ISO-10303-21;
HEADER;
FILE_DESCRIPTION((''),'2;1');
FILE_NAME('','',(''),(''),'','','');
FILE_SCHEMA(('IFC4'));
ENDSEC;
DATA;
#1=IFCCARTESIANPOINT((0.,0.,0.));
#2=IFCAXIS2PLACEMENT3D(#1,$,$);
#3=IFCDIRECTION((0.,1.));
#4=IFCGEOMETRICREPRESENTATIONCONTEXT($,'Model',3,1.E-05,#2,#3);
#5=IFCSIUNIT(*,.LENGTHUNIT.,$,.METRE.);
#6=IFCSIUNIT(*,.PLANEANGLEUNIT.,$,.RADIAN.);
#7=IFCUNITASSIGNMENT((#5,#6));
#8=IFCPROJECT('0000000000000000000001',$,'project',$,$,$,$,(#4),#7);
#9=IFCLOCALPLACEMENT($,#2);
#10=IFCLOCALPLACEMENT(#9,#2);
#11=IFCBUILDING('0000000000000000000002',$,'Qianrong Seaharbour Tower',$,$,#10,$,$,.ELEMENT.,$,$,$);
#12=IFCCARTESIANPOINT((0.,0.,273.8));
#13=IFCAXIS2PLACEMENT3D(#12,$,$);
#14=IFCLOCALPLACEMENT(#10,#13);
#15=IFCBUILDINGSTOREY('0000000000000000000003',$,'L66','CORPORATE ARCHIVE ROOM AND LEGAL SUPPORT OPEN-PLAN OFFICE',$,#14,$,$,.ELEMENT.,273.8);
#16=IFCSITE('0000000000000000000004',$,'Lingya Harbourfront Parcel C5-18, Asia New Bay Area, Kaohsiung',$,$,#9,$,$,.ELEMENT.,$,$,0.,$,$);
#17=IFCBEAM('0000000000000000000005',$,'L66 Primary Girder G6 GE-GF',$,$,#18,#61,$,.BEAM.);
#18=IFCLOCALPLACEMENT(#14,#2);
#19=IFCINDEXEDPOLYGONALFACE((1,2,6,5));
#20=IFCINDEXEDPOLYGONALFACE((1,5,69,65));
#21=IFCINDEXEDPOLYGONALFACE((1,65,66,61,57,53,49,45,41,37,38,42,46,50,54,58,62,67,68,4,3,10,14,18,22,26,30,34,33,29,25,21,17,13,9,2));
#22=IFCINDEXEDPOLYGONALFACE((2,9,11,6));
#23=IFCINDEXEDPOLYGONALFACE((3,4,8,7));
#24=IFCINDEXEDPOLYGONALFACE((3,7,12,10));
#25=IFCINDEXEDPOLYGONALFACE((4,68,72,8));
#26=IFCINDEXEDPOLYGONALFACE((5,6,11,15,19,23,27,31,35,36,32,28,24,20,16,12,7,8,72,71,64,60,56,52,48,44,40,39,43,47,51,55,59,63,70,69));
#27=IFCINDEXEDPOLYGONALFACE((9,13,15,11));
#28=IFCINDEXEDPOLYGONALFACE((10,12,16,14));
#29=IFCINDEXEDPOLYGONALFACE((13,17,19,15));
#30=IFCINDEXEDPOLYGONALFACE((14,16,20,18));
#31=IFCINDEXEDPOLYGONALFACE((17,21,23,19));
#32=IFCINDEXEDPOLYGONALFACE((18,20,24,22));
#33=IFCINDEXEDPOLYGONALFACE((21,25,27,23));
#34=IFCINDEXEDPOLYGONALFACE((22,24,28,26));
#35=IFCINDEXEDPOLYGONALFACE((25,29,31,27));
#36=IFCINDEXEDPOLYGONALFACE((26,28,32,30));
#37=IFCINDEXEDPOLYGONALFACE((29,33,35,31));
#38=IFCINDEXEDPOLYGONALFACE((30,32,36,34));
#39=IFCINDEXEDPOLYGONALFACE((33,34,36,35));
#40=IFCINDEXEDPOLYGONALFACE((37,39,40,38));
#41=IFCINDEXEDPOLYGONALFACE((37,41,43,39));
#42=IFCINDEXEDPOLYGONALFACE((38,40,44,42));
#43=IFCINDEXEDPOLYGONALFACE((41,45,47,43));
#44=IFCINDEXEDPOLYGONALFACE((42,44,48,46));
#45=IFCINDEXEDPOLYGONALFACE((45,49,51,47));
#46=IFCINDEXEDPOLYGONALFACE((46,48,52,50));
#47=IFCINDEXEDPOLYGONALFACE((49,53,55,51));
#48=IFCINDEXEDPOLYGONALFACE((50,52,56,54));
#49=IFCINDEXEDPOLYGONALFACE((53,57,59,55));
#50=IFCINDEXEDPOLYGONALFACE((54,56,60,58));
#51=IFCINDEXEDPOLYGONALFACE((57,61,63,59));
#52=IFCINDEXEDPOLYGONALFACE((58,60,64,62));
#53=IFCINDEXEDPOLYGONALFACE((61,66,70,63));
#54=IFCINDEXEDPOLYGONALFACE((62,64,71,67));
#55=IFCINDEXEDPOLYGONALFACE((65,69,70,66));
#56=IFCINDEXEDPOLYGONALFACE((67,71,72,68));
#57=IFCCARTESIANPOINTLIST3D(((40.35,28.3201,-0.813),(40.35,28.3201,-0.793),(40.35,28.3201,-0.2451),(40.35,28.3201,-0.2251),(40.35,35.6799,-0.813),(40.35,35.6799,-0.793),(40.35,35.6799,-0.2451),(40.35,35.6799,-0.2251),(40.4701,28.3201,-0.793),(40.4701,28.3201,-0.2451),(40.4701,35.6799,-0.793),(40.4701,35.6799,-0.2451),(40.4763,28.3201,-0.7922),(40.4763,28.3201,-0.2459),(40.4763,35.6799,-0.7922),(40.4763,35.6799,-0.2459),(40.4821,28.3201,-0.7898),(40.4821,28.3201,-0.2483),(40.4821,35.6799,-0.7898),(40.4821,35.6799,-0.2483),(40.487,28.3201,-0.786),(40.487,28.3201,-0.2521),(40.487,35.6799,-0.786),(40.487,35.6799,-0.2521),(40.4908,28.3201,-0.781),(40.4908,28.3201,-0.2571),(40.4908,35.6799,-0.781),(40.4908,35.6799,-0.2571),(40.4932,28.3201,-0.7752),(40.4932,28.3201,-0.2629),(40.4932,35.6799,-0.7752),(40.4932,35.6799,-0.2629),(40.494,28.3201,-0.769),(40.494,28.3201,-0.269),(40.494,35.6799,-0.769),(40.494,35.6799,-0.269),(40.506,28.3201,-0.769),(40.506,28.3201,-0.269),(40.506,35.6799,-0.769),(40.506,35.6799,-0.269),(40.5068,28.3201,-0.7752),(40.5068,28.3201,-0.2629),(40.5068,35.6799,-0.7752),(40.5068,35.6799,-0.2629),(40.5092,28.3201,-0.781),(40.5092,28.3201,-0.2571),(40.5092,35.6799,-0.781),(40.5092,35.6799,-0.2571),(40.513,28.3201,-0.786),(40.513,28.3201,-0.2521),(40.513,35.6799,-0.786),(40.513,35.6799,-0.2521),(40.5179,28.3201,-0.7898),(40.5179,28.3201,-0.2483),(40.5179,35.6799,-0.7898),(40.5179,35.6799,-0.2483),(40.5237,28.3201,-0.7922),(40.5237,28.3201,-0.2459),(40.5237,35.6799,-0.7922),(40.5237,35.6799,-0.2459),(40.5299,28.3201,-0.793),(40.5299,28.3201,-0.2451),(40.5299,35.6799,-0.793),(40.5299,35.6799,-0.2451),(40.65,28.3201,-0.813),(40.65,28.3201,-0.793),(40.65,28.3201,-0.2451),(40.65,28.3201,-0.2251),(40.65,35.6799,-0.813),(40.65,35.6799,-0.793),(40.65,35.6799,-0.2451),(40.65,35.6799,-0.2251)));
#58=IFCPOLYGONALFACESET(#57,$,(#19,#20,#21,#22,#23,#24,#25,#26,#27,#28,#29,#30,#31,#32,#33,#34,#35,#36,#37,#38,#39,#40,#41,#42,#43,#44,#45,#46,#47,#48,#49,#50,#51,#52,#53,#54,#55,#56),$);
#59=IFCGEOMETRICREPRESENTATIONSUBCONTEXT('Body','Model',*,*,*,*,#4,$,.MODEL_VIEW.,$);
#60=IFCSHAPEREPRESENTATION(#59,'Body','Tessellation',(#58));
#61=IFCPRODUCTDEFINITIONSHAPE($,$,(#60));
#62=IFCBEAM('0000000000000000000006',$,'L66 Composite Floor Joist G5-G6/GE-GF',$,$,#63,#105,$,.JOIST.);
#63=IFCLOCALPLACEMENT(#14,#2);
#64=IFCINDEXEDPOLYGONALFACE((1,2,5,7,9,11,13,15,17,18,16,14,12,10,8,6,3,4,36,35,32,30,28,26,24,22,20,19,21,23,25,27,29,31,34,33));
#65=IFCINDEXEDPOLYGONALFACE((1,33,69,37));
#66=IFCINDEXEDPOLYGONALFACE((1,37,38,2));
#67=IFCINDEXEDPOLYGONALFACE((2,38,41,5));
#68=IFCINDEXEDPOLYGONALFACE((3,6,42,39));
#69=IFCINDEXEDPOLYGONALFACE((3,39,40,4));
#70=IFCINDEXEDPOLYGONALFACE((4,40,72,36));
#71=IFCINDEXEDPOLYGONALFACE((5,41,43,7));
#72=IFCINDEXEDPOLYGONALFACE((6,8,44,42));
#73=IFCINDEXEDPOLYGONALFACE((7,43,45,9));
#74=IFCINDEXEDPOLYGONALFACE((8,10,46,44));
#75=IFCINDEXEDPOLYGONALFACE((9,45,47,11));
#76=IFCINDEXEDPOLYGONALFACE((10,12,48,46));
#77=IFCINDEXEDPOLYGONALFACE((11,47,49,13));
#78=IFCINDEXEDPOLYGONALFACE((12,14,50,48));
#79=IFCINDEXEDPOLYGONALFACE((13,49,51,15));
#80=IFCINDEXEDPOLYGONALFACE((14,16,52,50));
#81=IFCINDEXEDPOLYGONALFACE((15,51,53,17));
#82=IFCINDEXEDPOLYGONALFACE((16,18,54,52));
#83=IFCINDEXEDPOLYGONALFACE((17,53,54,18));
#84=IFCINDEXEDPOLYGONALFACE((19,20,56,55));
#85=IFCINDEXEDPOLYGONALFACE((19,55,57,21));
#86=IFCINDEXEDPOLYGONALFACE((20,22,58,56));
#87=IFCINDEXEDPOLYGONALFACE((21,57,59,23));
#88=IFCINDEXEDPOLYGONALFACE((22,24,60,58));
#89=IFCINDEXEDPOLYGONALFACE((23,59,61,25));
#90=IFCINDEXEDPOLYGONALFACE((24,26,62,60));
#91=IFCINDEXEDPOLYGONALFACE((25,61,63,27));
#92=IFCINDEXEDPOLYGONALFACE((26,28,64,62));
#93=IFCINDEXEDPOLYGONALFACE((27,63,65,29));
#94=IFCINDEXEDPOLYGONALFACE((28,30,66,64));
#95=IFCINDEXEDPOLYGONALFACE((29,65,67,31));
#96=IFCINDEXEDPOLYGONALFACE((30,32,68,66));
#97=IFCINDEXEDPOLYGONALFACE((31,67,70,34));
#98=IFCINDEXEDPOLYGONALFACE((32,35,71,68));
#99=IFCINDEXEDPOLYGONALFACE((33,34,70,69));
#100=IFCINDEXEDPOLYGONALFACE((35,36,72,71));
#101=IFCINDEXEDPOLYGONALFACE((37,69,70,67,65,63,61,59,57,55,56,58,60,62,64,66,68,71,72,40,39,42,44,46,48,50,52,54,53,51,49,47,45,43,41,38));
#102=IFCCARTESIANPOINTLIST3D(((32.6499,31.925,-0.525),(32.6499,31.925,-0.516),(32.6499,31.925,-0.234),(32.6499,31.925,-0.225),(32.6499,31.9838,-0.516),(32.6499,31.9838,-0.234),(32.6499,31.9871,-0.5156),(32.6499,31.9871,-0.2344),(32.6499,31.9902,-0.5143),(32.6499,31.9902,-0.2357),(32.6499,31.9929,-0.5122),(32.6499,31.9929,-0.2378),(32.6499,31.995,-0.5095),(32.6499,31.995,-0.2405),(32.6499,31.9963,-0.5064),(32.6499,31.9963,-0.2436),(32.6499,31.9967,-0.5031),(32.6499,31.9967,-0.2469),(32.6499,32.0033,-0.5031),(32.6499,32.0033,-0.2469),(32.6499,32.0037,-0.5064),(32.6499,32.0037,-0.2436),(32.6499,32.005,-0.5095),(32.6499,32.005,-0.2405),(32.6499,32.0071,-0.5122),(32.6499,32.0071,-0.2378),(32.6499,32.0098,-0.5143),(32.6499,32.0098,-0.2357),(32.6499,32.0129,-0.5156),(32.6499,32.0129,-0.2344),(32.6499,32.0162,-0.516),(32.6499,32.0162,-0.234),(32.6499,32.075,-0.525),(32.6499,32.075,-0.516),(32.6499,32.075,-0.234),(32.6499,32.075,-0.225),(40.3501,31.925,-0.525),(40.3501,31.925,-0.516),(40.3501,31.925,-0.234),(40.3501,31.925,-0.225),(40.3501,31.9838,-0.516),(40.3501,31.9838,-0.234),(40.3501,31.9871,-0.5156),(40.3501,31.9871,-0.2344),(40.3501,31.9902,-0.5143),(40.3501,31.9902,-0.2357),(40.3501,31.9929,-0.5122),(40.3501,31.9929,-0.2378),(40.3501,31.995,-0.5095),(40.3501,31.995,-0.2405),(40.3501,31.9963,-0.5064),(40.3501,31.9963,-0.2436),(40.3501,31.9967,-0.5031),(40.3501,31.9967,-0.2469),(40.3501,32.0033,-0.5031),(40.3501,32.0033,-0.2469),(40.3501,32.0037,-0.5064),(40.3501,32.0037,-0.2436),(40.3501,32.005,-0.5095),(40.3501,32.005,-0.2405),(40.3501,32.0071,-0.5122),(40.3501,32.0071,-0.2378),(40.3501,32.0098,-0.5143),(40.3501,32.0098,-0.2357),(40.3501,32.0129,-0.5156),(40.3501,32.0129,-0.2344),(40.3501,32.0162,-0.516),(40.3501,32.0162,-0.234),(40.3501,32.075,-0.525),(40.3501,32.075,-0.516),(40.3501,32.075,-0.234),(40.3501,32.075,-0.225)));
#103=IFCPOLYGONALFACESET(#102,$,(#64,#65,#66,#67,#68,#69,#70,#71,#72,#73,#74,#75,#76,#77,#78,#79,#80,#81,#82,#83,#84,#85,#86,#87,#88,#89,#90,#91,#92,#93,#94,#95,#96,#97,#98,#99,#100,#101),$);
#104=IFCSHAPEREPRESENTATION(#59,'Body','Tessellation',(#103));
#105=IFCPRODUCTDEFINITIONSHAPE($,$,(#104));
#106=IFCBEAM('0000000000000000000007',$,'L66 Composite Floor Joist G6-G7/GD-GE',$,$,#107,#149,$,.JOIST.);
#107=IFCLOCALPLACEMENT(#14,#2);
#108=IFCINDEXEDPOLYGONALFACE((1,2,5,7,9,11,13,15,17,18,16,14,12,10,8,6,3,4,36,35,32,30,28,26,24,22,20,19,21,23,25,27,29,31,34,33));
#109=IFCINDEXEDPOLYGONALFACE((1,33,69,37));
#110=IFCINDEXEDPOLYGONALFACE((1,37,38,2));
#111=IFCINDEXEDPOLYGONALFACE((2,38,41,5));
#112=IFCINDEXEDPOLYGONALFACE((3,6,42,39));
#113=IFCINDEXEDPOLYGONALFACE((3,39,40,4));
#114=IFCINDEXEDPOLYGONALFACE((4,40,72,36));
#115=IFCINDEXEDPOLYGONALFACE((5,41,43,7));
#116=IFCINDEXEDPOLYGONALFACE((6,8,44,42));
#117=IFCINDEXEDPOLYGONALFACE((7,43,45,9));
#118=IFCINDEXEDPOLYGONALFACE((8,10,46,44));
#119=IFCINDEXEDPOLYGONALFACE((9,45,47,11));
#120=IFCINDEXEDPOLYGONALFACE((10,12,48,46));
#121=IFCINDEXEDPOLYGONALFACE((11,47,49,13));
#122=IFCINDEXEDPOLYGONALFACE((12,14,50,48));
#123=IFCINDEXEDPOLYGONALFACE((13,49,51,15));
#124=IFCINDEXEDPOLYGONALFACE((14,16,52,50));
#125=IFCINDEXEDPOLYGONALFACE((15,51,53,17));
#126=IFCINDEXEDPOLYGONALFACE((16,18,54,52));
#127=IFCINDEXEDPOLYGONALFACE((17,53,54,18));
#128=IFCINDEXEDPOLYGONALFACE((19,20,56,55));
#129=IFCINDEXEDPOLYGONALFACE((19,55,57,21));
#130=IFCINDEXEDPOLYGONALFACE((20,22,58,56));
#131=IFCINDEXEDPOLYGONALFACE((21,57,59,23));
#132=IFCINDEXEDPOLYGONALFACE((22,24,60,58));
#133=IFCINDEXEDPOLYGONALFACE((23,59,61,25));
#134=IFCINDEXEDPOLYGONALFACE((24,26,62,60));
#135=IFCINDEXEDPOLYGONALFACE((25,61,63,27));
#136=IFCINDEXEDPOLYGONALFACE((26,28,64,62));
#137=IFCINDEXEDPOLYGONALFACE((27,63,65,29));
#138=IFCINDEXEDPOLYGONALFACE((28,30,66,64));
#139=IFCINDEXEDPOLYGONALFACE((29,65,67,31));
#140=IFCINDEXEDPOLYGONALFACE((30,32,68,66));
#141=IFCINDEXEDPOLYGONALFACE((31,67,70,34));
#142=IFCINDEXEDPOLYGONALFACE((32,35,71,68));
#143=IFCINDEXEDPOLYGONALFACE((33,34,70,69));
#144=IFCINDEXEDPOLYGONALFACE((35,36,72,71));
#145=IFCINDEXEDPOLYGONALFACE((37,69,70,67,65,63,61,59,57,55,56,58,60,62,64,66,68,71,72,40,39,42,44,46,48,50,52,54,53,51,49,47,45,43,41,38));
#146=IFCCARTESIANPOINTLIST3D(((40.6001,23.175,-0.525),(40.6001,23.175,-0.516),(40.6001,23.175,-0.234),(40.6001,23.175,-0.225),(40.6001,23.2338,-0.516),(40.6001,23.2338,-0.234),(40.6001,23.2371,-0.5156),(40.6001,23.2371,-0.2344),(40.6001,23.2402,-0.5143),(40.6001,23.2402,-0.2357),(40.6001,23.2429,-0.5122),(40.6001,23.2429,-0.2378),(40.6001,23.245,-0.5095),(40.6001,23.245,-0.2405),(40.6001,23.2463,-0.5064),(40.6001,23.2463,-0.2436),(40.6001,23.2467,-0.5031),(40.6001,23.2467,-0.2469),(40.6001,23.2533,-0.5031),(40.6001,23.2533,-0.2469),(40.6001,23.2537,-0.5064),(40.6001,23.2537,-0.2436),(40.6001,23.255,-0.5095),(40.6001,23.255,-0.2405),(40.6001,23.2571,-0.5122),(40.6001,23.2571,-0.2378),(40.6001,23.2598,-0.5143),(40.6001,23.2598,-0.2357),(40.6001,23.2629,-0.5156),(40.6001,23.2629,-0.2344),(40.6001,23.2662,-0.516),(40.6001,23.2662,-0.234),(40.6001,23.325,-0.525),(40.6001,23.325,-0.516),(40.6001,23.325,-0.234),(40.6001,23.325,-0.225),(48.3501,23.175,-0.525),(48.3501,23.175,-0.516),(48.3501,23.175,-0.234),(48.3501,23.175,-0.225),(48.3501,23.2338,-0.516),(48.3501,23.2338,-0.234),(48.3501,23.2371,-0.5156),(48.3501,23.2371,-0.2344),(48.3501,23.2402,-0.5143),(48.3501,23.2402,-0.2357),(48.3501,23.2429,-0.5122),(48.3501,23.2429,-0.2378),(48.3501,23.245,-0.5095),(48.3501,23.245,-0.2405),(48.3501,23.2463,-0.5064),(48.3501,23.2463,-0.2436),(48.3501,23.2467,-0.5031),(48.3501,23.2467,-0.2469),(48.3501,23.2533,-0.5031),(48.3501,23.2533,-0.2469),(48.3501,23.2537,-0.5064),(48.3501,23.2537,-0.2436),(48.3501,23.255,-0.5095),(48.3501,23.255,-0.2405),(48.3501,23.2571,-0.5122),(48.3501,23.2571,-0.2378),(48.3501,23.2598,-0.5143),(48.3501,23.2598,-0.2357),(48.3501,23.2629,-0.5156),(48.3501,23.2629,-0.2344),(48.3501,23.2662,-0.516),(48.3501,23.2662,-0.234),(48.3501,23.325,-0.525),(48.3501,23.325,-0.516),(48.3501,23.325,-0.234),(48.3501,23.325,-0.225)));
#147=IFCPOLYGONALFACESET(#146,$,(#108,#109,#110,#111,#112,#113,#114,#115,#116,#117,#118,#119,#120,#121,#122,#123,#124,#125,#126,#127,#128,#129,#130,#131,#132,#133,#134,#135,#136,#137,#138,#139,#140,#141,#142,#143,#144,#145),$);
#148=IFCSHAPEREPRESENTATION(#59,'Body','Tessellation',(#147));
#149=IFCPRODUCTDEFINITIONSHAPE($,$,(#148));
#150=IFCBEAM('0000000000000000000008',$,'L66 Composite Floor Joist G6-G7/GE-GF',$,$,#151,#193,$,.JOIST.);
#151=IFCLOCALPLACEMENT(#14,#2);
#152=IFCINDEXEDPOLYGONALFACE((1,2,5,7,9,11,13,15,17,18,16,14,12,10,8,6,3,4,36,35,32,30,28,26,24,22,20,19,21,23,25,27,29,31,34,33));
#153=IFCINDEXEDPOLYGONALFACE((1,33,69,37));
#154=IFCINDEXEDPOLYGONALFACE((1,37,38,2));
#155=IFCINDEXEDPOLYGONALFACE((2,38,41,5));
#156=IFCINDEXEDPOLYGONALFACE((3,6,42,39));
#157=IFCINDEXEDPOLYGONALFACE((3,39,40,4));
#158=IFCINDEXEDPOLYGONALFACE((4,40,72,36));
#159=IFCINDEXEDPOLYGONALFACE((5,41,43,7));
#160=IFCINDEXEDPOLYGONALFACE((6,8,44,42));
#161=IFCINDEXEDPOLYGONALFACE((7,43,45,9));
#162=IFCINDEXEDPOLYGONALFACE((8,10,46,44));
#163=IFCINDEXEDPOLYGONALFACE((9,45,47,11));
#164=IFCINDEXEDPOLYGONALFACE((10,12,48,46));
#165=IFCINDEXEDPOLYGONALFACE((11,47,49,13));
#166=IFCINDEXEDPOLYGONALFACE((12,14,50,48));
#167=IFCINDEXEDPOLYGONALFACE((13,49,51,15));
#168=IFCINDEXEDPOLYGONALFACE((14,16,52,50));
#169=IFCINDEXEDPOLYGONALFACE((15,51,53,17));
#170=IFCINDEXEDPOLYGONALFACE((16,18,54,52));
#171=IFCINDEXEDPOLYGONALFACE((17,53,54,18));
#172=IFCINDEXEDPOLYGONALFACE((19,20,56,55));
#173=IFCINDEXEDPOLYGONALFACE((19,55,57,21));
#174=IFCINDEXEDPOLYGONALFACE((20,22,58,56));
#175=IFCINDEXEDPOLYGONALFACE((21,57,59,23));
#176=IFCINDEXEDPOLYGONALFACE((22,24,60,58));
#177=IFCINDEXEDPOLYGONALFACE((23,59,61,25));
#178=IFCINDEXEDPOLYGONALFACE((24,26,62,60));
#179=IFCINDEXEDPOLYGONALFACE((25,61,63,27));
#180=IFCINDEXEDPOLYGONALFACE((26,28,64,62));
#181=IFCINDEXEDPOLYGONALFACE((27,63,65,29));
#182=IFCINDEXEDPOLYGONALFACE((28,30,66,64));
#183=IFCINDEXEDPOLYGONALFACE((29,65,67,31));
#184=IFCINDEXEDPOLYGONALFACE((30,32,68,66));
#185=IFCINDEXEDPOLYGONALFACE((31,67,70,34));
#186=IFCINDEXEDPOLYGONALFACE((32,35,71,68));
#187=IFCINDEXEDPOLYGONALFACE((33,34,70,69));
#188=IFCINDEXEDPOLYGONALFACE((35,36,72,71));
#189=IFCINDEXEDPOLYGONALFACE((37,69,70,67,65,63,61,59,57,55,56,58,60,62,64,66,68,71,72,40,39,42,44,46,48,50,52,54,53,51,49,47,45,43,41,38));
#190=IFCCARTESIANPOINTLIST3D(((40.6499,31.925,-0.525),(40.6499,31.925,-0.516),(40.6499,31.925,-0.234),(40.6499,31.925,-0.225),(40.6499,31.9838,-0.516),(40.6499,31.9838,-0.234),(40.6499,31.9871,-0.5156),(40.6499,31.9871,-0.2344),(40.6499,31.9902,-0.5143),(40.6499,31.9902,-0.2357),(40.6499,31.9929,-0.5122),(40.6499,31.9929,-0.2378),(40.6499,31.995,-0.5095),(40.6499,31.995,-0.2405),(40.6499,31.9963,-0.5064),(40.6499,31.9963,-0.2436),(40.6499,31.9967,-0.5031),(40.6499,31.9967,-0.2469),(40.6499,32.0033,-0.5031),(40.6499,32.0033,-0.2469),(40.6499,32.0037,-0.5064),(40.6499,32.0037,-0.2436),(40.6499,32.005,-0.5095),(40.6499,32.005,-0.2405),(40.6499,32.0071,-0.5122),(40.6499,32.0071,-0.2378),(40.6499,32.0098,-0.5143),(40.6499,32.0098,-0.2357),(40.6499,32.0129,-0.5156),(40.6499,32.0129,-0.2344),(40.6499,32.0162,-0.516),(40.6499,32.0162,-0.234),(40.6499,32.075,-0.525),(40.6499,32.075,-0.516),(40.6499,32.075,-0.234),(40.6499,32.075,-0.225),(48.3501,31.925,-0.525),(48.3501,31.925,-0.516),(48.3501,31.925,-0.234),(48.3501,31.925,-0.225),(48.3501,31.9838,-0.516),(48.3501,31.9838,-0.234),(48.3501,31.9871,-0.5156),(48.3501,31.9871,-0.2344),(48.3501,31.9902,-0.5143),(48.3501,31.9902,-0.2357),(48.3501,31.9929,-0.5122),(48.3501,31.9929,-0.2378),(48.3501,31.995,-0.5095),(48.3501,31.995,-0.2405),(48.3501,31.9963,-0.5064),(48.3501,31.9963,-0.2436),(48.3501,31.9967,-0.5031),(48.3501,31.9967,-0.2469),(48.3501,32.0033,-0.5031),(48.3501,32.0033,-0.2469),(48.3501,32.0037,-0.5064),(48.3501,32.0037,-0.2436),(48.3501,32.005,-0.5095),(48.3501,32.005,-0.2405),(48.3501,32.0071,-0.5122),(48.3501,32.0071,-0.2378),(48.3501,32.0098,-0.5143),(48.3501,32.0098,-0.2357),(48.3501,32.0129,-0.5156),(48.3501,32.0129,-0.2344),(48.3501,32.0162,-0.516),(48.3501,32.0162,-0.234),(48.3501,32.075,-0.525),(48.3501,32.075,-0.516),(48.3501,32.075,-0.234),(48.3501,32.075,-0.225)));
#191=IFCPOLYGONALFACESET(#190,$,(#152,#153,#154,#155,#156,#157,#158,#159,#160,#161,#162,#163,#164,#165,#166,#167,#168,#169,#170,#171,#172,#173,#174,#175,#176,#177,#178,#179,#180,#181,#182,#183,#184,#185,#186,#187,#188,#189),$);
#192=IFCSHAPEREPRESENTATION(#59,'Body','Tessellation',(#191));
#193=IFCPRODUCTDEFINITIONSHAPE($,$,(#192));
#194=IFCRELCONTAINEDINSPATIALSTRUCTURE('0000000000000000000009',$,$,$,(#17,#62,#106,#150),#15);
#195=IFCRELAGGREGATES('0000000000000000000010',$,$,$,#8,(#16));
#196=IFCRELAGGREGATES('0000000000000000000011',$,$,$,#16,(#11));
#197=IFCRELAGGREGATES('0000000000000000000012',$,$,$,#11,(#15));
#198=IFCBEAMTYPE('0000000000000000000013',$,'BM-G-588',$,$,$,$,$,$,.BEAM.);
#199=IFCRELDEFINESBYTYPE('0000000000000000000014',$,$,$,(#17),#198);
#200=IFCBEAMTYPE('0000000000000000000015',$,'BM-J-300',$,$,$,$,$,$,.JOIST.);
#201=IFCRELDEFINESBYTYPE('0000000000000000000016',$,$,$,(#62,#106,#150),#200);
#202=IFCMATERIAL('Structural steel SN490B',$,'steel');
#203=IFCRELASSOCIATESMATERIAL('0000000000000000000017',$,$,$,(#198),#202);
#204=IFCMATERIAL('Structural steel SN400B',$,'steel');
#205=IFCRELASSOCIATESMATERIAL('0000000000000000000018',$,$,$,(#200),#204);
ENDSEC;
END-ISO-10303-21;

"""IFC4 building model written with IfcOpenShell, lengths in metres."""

from ifc_helpers import new_model, si_unit, direction, frame, origin, origin_2d, place, context, subcontext, project, spatial, i_section, extrude, material, material_profile, profile_set, type_object, element, save


model = new_model("IFC4")

# Units and contexts
model_context = context("Model", 3, precision=1e-05, world=origin(), true_north=direction((0.0, 1.0)))
body_context = subcontext(model_context, "Body", "Model", "MODEL_VIEW")
ifc_project = project(units=[si_unit("LENGTHUNIT", "METRE"), si_unit("PLANEANGLEUNIT", "RADIAN")], contexts=[model_context])

# Site, building, storey
site_placement = place(None, origin())
site = spatial("IfcSite", under=ifc_project, at=site_placement, Name="Lingya Harbourfront Parcel C5-18, Asia New Bay Area, Kaohsiung", CompositionType="ELEMENT", RefElevation=0.0)
building_placement = place(site_placement, origin())
building = spatial("IfcBuilding", under=site, at=building_placement, Name="Qianrong Seaharbour Tower", CompositionType="ELEMENT")
storey_placement = place(building_placement, frame((0.0, 0.0, 273.8)))
storey = spatial("IfcBuildingStorey", under=building, at=storey_placement, Name="L66", Description="CORPORATE ARCHIVE ROOM AND LEGAL SUPPORT OPEN-PLAN OFFICE", CompositionType="ELEMENT", Elevation=273.8)

# Shared definitions
ifc_material_1 = material(Name="Structural steel SN490B", Category="steel")

# Beams
ifc_material_profile_1 = material_profile(ifc_material_1, i_section(OverallWidth=0.3, OverallDepth=0.5879, WebThickness=0.012, FlangeThickness=0.02, FilletRadius=0.0239, at=origin_2d()), Name="H588x300x12x20")
ifc_profile_set_1 = profile_set([ifc_material_profile_1], Name="Structural steel SN490B")
beam_type_1 = type_object("IfcBeamType", Name="BM-G-588", PredefinedType="BEAM", material=ifc_profile_set_1)
for number, where, z_axis, x_axis, name in (
    (1, (40.5, 28.3201, -0.519), (0.0, 1.0, 0.0), (-1.0, 0.0, 0.0), "L66 Primary Girder G6 GE-GF"),
):
    element("IfcBeam", number, at=place(storey_placement, frame(where, z_axis=z_axis, x_axis=x_axis)), inside=storey, type_object=beam_type_1, Name=name, PredefinedType="BEAM", context=body_context, shape_type="SweptSolid", body=[
        extrude(i_section(OverallWidth=0.3, OverallDepth=0.5879, WebThickness=0.012, FlangeThickness=0.02, FilletRadius=0.0239, at=origin_2d()), origin(), (0.0, 0.0, 1.0), 7.3599),
    ])
ifc_material_2 = material(Name="Structural steel SN400B", Category="steel")
ifc_material_profile_2 = material_profile(ifc_material_2, i_section(OverallWidth=0.1499, OverallDepth=0.3, WebThickness=0.0066, FlangeThickness=0.009, FilletRadius=0.0129, at=origin_2d()), Name="H300x150x6.5x9")
ifc_profile_set_2 = profile_set([ifc_material_profile_2], Name="Structural steel SN400B")
beam_type_2 = type_object("IfcBeamType", Name="BM-J-300", PredefinedType="JOIST", material=ifc_profile_set_2)
beam_1_placement = place(storey_placement, frame((32.6499, 32.0, -0.375), z_axis=(1.0, 0.0, 0.0), x_axis=(0.0, 1.0, 0.0)))
element("IfcBeam", 2, at=beam_1_placement, inside=storey, type_object=beam_type_2, Name="L66 Composite Floor Joist G5-G6/GE-GF", PredefinedType="JOIST", context=body_context, shape_type="SweptSolid", body=[
    extrude(i_section(OverallWidth=0.1499, OverallDepth=0.3, WebThickness=0.0066, FlangeThickness=0.009, FilletRadius=0.0129, at=origin_2d()), origin(), (0.0, 0.0, 1.0), 7.7002),
])
beam_2_placement = place(storey_placement, frame((40.6001, 23.25, -0.375), z_axis=(1.0, 0.0, 0.0), x_axis=(0.0, 1.0, 0.0)))
element("IfcBeam", 3, at=beam_2_placement, inside=storey, type_object=beam_type_2, Name="L66 Composite Floor Joist G6-G7/GD-GE", PredefinedType="JOIST", context=body_context, shape_type="SweptSolid", body=[
    extrude(i_section(OverallWidth=0.1499, OverallDepth=0.3, WebThickness=0.0066, FlangeThickness=0.009, FilletRadius=0.0129, at=origin_2d()), origin(), (0.0, 0.0, 1.0), 7.75),
])
beam_3_placement = place(storey_placement, frame((40.6499, 32.0, -0.375), z_axis=(1.0, 0.0, 0.0), x_axis=(0.0, 1.0, 0.0)))
element("IfcBeam", 4, at=beam_3_placement, inside=storey, type_object=beam_type_2, Name="L66 Composite Floor Joist G6-G7/GE-GF", PredefinedType="JOIST", context=body_context, shape_type="SweptSolid", body=[
    extrude(i_section(OverallWidth=0.1499, OverallDepth=0.3, WebThickness=0.0066, FlangeThickness=0.009, FilletRadius=0.0129, at=origin_2d()), origin(), (0.0, 0.0, 1.0), 7.7002),
])

save(model, "model.ifc")
